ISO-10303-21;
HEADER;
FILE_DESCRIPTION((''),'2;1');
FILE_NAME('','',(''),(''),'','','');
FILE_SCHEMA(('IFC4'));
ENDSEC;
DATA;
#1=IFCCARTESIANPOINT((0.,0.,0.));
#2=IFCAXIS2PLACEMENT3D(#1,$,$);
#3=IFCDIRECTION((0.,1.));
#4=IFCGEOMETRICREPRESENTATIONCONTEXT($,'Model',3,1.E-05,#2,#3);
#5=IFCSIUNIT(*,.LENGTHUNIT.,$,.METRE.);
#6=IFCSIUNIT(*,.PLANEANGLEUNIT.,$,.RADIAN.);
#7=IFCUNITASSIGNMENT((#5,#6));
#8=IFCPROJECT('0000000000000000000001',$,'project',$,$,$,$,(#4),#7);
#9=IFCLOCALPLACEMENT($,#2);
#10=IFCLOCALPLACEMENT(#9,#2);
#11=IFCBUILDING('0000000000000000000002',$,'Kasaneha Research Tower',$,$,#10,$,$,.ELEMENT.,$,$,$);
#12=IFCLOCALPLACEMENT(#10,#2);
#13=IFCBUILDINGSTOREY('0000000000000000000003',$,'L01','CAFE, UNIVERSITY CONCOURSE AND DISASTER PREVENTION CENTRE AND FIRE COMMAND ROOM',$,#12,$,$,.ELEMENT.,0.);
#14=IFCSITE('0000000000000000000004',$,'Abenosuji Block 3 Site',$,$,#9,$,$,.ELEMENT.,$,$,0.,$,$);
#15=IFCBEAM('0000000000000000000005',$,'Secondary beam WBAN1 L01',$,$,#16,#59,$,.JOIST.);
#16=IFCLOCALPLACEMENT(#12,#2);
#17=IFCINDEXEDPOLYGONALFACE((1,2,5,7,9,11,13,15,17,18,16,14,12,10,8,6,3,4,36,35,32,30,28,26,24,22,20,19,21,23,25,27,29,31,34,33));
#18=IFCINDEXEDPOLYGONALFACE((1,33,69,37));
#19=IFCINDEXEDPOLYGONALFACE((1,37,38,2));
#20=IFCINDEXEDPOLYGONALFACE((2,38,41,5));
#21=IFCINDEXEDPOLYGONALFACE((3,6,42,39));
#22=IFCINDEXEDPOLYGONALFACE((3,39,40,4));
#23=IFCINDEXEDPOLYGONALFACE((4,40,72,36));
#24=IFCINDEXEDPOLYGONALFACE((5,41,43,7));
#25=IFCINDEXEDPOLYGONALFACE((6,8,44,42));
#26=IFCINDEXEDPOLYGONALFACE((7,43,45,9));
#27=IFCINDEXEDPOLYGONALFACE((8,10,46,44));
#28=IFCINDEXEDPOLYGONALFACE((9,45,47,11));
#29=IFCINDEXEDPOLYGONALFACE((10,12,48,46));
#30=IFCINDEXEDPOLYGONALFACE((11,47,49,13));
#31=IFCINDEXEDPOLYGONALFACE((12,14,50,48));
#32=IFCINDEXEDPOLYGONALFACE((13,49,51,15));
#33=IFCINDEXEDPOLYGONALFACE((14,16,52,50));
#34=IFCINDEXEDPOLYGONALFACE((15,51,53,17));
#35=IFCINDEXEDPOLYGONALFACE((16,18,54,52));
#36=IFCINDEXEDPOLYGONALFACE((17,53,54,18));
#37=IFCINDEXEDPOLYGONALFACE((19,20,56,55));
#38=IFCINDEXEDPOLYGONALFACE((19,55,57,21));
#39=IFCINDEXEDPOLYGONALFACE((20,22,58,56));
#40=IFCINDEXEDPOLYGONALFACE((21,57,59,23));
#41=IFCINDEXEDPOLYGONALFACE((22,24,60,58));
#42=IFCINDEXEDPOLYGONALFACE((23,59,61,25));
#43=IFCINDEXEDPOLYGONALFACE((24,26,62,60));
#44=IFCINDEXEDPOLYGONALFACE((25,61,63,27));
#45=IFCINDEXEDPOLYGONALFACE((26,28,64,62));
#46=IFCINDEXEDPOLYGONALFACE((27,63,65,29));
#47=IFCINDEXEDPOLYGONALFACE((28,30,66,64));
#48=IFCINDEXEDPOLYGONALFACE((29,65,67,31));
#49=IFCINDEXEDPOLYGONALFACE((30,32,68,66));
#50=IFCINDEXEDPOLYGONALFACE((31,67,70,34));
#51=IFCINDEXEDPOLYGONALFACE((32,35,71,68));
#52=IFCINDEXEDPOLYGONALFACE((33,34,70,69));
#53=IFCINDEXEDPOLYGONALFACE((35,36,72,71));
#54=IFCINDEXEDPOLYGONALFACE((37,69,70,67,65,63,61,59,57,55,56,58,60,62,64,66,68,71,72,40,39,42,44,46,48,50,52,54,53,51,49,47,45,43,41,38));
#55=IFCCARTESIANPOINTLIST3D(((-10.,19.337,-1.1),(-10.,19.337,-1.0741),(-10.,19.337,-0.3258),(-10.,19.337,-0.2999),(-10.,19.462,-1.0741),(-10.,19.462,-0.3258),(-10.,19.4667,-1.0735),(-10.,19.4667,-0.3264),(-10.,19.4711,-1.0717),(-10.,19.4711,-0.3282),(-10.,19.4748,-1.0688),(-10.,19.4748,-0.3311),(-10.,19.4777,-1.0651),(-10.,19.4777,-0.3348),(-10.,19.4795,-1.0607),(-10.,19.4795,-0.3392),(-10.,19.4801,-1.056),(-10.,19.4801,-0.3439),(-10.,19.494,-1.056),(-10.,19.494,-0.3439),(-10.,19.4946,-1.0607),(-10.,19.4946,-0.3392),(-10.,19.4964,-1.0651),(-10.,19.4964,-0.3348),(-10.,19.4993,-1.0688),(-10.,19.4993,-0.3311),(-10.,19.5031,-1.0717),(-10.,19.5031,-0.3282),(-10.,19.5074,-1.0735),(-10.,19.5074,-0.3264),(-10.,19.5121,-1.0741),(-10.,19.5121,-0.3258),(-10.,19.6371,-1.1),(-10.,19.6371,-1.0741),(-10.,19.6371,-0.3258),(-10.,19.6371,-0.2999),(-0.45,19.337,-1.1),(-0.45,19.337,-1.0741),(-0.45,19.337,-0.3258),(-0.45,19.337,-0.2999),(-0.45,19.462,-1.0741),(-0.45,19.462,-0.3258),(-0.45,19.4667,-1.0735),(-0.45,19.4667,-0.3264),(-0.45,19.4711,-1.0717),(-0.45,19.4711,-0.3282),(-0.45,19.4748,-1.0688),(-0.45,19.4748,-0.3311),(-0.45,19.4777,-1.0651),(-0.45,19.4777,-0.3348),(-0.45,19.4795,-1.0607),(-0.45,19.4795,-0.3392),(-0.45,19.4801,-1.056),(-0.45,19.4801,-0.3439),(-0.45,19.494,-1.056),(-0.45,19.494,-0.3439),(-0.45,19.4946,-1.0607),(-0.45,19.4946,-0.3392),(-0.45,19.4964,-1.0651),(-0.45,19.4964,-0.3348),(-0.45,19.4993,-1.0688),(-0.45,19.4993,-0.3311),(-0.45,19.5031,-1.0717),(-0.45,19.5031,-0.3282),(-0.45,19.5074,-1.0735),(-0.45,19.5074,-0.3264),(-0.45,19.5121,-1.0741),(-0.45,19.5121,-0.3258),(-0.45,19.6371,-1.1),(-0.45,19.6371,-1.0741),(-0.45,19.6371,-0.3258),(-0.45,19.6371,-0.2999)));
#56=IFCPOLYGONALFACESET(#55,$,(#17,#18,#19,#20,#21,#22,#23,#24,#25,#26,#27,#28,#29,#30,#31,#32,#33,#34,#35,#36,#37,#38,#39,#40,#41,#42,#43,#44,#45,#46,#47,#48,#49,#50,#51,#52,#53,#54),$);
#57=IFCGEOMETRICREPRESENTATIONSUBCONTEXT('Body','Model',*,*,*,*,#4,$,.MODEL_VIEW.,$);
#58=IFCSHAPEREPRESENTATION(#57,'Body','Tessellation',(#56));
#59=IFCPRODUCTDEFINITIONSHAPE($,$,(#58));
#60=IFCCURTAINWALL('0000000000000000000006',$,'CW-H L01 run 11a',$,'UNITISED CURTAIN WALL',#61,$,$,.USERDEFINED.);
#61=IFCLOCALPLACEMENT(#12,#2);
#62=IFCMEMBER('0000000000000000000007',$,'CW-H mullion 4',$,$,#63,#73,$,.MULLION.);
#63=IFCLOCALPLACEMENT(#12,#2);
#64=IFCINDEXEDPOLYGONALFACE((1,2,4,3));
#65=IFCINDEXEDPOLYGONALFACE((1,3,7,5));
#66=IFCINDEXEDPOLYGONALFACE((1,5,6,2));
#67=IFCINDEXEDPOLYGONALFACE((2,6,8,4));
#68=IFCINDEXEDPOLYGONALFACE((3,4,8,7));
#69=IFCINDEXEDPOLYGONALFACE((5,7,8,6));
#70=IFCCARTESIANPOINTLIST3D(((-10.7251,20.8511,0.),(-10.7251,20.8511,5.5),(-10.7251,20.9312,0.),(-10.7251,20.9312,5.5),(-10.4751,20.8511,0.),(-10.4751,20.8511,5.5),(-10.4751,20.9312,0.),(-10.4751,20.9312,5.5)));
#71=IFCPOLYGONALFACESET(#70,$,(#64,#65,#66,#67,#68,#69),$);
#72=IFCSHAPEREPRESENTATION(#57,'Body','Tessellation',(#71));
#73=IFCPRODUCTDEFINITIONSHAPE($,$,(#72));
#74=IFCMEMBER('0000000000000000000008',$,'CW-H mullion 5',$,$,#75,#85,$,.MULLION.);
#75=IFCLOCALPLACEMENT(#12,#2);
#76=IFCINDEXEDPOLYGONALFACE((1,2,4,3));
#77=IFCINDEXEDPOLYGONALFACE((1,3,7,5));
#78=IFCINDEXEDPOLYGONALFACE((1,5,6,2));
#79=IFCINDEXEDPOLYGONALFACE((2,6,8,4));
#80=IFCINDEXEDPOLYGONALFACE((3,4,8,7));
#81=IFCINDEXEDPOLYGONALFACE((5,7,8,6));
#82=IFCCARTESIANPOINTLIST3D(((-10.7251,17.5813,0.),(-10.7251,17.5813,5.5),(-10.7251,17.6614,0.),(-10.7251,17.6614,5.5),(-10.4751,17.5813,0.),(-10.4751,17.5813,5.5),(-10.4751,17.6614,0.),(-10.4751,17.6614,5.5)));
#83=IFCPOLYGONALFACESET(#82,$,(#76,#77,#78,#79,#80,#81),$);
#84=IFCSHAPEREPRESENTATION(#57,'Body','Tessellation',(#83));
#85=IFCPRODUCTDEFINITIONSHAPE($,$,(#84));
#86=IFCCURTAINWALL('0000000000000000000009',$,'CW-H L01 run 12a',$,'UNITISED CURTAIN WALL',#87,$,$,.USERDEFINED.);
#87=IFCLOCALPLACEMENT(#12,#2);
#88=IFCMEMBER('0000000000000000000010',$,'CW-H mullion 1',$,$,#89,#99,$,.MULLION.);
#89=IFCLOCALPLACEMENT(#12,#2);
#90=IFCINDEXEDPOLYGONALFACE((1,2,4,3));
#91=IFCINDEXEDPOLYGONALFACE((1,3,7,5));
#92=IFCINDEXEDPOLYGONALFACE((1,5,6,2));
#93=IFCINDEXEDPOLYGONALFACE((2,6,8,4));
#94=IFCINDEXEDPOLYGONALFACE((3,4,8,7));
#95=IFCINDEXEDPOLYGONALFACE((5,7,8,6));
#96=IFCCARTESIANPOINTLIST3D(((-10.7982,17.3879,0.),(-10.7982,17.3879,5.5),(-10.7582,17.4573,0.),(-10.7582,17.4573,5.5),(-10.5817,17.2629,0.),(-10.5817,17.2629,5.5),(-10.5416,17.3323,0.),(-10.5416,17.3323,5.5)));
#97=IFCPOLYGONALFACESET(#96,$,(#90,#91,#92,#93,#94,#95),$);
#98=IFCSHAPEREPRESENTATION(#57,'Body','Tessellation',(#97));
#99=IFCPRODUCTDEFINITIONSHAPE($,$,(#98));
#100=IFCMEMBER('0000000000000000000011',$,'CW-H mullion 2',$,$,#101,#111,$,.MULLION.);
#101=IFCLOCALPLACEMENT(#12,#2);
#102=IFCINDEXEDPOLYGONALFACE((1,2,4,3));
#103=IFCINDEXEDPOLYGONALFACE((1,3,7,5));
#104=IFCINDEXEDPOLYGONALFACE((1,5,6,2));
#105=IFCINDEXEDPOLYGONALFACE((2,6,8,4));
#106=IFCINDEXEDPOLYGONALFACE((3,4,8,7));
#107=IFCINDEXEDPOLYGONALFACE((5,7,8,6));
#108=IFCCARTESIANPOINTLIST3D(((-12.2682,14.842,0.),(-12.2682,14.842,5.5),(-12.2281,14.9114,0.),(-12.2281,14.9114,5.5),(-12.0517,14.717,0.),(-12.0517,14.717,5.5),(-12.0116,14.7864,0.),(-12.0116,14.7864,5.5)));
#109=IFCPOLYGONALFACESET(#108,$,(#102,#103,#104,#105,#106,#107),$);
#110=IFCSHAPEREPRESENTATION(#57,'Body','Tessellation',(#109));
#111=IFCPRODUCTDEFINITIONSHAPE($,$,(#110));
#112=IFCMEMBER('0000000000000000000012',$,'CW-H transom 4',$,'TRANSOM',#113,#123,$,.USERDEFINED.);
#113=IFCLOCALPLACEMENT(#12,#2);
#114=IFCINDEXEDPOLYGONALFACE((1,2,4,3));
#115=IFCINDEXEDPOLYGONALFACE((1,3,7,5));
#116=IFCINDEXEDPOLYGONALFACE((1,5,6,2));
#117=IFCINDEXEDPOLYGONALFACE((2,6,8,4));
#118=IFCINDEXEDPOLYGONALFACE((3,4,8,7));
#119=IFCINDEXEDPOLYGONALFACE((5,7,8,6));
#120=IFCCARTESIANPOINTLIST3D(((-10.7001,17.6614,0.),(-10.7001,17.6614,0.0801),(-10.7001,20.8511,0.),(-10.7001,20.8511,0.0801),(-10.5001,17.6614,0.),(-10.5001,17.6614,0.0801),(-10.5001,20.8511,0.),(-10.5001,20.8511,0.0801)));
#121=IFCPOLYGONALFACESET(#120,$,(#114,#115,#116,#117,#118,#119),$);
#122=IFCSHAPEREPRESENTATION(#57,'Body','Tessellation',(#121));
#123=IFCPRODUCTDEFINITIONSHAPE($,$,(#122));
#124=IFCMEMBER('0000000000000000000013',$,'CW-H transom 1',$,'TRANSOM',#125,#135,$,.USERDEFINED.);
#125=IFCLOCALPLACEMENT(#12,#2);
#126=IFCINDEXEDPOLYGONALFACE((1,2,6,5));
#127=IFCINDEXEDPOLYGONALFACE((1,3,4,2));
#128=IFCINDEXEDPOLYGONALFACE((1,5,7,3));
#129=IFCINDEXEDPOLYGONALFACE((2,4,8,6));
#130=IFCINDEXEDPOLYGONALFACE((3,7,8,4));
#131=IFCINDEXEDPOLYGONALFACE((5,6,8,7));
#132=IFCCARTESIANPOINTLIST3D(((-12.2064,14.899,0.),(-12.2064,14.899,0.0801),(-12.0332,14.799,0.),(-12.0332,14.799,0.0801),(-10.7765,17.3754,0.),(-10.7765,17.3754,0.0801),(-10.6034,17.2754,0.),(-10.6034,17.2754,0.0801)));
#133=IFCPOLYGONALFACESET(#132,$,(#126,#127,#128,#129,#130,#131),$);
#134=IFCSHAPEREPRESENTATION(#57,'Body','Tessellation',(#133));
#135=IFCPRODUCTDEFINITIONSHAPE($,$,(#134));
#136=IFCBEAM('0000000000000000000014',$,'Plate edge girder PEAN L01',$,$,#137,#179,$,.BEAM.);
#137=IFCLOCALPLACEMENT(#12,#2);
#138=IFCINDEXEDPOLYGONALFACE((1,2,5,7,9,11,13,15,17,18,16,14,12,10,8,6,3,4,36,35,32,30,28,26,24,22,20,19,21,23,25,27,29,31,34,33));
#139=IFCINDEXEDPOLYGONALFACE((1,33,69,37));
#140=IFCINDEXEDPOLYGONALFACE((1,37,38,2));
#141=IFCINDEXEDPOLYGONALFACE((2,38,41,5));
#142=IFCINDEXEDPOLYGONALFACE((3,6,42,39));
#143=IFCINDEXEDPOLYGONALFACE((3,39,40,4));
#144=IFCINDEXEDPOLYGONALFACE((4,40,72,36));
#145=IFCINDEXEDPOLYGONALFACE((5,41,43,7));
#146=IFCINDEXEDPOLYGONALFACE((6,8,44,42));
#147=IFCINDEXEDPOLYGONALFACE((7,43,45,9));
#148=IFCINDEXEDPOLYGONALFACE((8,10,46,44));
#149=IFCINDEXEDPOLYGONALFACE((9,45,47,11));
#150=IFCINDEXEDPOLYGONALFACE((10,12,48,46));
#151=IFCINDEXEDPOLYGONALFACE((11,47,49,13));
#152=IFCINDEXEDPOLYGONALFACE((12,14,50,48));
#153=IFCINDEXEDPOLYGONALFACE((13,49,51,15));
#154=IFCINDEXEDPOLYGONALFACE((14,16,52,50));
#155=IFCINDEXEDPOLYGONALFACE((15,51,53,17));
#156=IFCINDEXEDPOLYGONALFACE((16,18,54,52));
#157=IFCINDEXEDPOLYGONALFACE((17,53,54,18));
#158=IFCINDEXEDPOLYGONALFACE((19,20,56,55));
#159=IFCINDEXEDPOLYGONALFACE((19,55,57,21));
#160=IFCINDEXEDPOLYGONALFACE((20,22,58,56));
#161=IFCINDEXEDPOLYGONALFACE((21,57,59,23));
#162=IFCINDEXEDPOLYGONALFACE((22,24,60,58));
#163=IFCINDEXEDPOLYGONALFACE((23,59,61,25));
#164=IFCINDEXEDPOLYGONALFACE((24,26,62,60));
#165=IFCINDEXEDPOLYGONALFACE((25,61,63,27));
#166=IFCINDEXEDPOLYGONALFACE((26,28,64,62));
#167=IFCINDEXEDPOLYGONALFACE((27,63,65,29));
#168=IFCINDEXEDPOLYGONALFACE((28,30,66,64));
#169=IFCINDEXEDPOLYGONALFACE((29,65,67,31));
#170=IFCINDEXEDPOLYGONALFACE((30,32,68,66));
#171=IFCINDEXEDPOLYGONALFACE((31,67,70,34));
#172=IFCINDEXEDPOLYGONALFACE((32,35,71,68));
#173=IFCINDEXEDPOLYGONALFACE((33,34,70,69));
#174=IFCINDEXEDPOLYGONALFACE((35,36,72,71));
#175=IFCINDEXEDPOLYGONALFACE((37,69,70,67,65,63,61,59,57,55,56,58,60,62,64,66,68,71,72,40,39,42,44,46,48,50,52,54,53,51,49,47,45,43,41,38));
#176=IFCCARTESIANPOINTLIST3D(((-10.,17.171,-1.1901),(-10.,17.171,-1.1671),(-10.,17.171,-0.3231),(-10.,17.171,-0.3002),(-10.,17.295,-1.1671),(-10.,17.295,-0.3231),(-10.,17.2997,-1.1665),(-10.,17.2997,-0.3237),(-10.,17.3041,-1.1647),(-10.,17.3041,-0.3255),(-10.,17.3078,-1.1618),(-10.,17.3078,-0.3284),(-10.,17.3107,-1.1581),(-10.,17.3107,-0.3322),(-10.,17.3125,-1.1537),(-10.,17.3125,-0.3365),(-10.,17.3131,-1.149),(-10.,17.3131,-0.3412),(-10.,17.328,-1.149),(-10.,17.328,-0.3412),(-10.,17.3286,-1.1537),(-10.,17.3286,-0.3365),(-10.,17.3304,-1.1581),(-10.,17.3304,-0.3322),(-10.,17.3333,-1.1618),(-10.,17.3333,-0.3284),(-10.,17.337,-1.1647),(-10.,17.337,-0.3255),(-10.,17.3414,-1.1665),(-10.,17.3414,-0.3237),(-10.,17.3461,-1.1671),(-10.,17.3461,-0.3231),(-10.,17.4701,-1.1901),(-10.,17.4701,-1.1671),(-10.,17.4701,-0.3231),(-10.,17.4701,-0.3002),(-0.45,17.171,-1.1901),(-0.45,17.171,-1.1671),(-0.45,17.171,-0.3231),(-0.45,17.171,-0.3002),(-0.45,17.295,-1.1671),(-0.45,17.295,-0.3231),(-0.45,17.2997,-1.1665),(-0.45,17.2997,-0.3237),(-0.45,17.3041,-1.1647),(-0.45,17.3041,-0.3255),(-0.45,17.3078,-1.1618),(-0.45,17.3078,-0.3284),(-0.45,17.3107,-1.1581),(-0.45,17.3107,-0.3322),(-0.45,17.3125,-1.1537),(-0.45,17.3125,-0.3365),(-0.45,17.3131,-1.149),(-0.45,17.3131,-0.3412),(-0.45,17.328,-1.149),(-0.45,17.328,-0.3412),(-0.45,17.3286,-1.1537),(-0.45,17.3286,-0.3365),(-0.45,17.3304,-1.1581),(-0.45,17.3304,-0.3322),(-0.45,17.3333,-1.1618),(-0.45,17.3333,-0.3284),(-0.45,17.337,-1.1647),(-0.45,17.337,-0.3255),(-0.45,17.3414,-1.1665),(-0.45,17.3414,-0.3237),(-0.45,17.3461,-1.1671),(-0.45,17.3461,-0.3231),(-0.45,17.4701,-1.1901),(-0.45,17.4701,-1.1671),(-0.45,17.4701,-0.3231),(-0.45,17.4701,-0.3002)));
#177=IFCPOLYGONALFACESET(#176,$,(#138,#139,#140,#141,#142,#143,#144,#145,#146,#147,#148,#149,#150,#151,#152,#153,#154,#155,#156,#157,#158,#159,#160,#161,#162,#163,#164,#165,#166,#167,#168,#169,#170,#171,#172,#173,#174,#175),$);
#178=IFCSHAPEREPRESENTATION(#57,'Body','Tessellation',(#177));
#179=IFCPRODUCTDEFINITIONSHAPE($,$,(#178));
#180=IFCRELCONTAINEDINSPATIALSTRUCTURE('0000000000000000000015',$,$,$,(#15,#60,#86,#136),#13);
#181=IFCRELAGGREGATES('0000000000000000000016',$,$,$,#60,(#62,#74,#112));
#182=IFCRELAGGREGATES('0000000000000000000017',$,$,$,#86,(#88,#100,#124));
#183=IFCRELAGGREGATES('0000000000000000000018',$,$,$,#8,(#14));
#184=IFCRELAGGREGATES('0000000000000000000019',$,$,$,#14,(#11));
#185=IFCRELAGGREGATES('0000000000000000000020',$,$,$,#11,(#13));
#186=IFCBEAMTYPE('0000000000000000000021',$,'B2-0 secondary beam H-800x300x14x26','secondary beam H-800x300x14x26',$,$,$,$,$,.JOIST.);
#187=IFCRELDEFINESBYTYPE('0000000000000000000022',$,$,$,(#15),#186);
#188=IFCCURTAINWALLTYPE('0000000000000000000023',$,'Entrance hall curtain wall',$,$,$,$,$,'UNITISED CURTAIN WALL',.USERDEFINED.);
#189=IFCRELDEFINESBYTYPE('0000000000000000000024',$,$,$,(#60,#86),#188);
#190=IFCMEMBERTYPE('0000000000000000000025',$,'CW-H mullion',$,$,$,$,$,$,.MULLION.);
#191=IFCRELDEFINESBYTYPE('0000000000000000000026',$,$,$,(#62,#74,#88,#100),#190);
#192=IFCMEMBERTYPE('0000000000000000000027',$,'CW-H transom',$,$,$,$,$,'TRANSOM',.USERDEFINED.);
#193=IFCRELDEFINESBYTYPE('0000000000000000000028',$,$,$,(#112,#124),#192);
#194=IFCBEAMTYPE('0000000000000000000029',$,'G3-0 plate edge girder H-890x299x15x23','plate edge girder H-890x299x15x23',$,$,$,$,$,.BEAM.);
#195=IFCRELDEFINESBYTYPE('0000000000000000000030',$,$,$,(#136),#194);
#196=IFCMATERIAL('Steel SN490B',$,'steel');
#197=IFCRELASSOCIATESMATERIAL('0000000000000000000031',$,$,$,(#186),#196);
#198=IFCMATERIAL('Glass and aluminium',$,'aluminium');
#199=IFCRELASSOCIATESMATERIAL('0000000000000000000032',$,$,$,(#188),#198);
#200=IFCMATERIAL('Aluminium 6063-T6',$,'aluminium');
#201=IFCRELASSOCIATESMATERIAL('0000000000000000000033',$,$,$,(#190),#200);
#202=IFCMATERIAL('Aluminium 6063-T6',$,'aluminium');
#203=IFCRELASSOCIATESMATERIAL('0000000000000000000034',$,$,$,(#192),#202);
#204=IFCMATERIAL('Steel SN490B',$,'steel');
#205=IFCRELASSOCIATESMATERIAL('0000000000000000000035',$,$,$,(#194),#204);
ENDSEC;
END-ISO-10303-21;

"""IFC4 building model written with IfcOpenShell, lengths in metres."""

from ifc_helpers import new_model, si_unit, direction, frame, origin, origin_2d, place, context, subcontext, project, spatial, rectangle, i_section, extrude, material, material_profile, profile_set, type_object, element, aggregate, save


model = new_model("IFC4")

# Units and contexts
model_context = context("Model", 3, precision=1e-05, world=origin(), true_north=direction((0.0, 1.0)))
body_context = subcontext(model_context, "Body", "Model", "MODEL_VIEW")
ifc_project = project(units=[si_unit("LENGTHUNIT", "METRE"), si_unit("PLANEANGLEUNIT", "RADIAN")], contexts=[model_context])

# Site, building, storey
site_placement = place(None, origin())
site = spatial("IfcSite", under=ifc_project, at=site_placement, Name="Abenosuji Block 3 Site", CompositionType="ELEMENT", RefElevation=0.0)
building_placement = place(site_placement, origin())
building = spatial("IfcBuilding", under=site, at=building_placement, Name="Kasaneha Research Tower", CompositionType="ELEMENT")
storey_placement = place(building_placement, origin())
storey = spatial("IfcBuildingStorey", under=building, at=storey_placement, Name="L01", Description="CAFE, UNIVERSITY CONCOURSE AND DISASTER PREVENTION CENTRE AND FIRE COMMAND ROOM", CompositionType="ELEMENT", Elevation=0.0)

# Beam
ifc_material_1 = material(Name="Steel SN490B", Category="steel")
ifc_material_profile_1 = material_profile(ifc_material_1, i_section(OverallWidth=0.3, OverallDepth=0.8, WebThickness=0.0139, FlangeThickness=0.0259, FilletRadius=0.0181, at=origin_2d()), Name="H-800x300x14x26")
ifc_profile_set_1 = profile_set([ifc_material_profile_1], Name="Steel SN490B")
beam_type_1 = type_object("IfcBeamType", Name="B2-0 secondary beam H-800x300x14x26", Description="secondary beam H-800x300x14x26", PredefinedType="JOIST", material=ifc_profile_set_1)
beam_1_placement = place(storey_placement, frame((-10.0, 19.4871, -0.7), z_axis=(1.0, 0.0, 0.0), x_axis=(0.0, 1.0, 0.0)))
element("IfcBeam", 1, at=beam_1_placement, inside=storey, type_object=beam_type_1, Name="Secondary beam WBAN1 L01", PredefinedType="JOIST", context=body_context, shape_type="SweptSolid", body=[
    extrude(i_section(OverallWidth=0.3, OverallDepth=0.8, WebThickness=0.0139, FlangeThickness=0.0259, FilletRadius=0.0181, at=origin_2d()), origin(), (0.0, 0.0, 1.0), 9.55),
])

# Curtain walls, members
ifc_material_2 = material(Name="Glass and aluminium", Category="aluminium")
curtain_wall_type = type_object("IfcCurtainWallType", Name="Entrance hall curtain wall", ElementType="UNITISED CURTAIN WALL", PredefinedType="USERDEFINED", material=ifc_material_2)
curtain_wall_1_placement = place(storey_placement, origin())
curtain_wall_1 = element("IfcCurtainWall", 2, at=curtain_wall_1_placement, inside=storey, type_object=curtain_wall_type, Name="CW-H L01 run 11a", ObjectType="UNITISED CURTAIN WALL", PredefinedType="USERDEFINED")
ifc_material_3 = material(Name="Aluminium 6063-T6", Category="aluminium")
ifc_material_profile_2 = material_profile(ifc_material_3, rectangle(XDim=0.0801, YDim=0.25, at=origin_2d()), Name="CW-H mullion 80x250")
ifc_profile_set_2 = profile_set([ifc_material_profile_2], Name="Aluminium 6063-T6")
member_type_1 = type_object("IfcMemberType", Name="CW-H mullion", PredefinedType="MULLION", material=ifc_profile_set_2)
member_1_placement = place(storey_placement, frame((-10.6001, 20.8911, 0.0), z_axis=(0.0, 0.0, 1.0), x_axis=(0.0, -1.0, 0.0)))
member_1 = element("IfcMember", 3, at=member_1_placement, type_object=member_type_1, Name="CW-H mullion 4", PredefinedType="MULLION", context=body_context, shape_type="SweptSolid", body=[
    extrude(rectangle(XDim=0.0801, YDim=0.25, at=origin_2d()), origin(), (0.0, 0.0, 1.0), 5.5),
])
member_2_placement = place(storey_placement, frame((-10.6001, 17.6213, 0.0), z_axis=(0.0, 0.0, 1.0), x_axis=(0.0, -1.0, 0.0)))
member_2 = element("IfcMember", 4, at=member_2_placement, type_object=member_type_1, Name="CW-H mullion 5", PredefinedType="MULLION", context=body_context, shape_type="SweptSolid", body=[
    extrude(rectangle(XDim=0.0801, YDim=0.25, at=origin_2d()), origin(), (0.0, 0.0, 1.0), 5.5),
])
curtain_wall_2_placement = place(storey_placement, origin())
curtain_wall_2 = element("IfcCurtainWall", 5, at=curtain_wall_2_placement, inside=storey, type_object=curtain_wall_type, Name="CW-H L01 run 12a", ObjectType="UNITISED CURTAIN WALL", PredefinedType="USERDEFINED")
member_3_placement = place(storey_placement, frame((-10.6699, 17.3601, 0.0), z_axis=(0.0, 0.0, 1.0), x_axis=(-0.5, -0.866025, 0.0)))
member_3 = element("IfcMember", 6, at=member_3_placement, type_object=member_type_1, Name="CW-H mullion 1", PredefinedType="MULLION", context=body_context, shape_type="SweptSolid", body=[
    extrude(rectangle(XDim=0.0801, YDim=0.25, at=origin_2d()), origin(), (0.0, 0.0, 1.0), 5.5),
])
member_4_placement = place(storey_placement, frame((-12.1399, 14.8142, 0.0), z_axis=(0.0, 0.0, 1.0), x_axis=(-0.5, -0.866025, 0.0)))
member_4 = element("IfcMember", 7, at=member_4_placement, type_object=member_type_1, Name="CW-H mullion 2", PredefinedType="MULLION", context=body_context, shape_type="SweptSolid", body=[
    extrude(rectangle(XDim=0.0801, YDim=0.25, at=origin_2d()), origin(), (0.0, 0.0, 1.0), 5.5),
])

# Members
ifc_material_4 = material(Name="Aluminium 6063-T6", Category="aluminium")
ifc_material_profile_3 = material_profile(ifc_material_4, rectangle(XDim=0.2, YDim=0.0801, at=origin_2d()), Name="CW-H transom 200x80")
ifc_profile_set_3 = profile_set([ifc_material_profile_3], Name="Aluminium 6063-T6")
member_type_2 = type_object("IfcMemberType", Name="CW-H transom", ElementType="TRANSOM", PredefinedType="USERDEFINED", material=ifc_profile_set_3)
member_5_placement = place(storey_placement, frame((-10.6001, 20.8511, 0.04), z_axis=(0.0, -1.0, 0.0), x_axis=(1.0, 0.0, 0.0)))
member_5 = element("IfcMember", 8, at=member_5_placement, type_object=member_type_2, Name="CW-H transom 4", ObjectType="TRANSOM", PredefinedType="USERDEFINED", context=body_context, shape_type="SweptSolid", body=[
    extrude(rectangle(XDim=0.2, YDim=0.0801, at=origin_2d()), origin(), (0.0, 0.0, 1.0), 3.1897),
])
member_6_placement = place(storey_placement, frame((-10.6899, 17.3254, 0.04), z_axis=(-0.500023, -0.866012, 0.0), x_axis=(0.866012, -0.500023, 0.0)))
member_6 = element("IfcMember", 9, at=member_6_placement, type_object=member_type_2, Name="CW-H transom 1", ObjectType="TRANSOM", PredefinedType="USERDEFINED", context=body_context, shape_type="SweptSolid", body=[
    extrude(rectangle(XDim=0.2, YDim=0.0801, at=origin_2d()), origin(), (0.0, 0.0, 1.0), 2.8596),
])

# Beam
ifc_material_5 = material(Name="Steel SN490B", Category="steel")
ifc_material_profile_4 = material_profile(ifc_material_5, i_section(OverallWidth=0.2991, OverallDepth=0.8899, WebThickness=0.0149, FlangeThickness=0.0229, FilletRadius=0.0181, at=origin_2d()), Name="H-890x299x15x23")
ifc_profile_set_4 = profile_set([ifc_material_profile_4], Name="Steel SN490B")
beam_type_2 = type_object("IfcBeamType", Name="G3-0 plate edge girder H-890x299x15x23", Description="plate edge girder H-890x299x15x23", PredefinedType="BEAM", material=ifc_profile_set_4)
beam_2_placement = place(storey_placement, frame((-10.0, 17.3206, -0.7451), z_axis=(1.0, 0.0, 0.0), x_axis=(0.0, 1.0, 0.0)))
element("IfcBeam", 10, at=beam_2_placement, inside=storey, type_object=beam_type_2, Name="Plate edge girder PEAN L01", PredefinedType="BEAM", context=body_context, shape_type="SweptSolid", body=[
    extrude(i_section(OverallWidth=0.2991, OverallDepth=0.8899, WebThickness=0.0149, FlangeThickness=0.0229, FilletRadius=0.0181, at=origin_2d()), origin(), (0.0, 0.0, 1.0), 9.55),
])

aggregate(curtain_wall_1, [member_1, member_2, member_5])
aggregate(curtain_wall_2, [member_3, member_4, member_6])

save(model, "model.ifc")
